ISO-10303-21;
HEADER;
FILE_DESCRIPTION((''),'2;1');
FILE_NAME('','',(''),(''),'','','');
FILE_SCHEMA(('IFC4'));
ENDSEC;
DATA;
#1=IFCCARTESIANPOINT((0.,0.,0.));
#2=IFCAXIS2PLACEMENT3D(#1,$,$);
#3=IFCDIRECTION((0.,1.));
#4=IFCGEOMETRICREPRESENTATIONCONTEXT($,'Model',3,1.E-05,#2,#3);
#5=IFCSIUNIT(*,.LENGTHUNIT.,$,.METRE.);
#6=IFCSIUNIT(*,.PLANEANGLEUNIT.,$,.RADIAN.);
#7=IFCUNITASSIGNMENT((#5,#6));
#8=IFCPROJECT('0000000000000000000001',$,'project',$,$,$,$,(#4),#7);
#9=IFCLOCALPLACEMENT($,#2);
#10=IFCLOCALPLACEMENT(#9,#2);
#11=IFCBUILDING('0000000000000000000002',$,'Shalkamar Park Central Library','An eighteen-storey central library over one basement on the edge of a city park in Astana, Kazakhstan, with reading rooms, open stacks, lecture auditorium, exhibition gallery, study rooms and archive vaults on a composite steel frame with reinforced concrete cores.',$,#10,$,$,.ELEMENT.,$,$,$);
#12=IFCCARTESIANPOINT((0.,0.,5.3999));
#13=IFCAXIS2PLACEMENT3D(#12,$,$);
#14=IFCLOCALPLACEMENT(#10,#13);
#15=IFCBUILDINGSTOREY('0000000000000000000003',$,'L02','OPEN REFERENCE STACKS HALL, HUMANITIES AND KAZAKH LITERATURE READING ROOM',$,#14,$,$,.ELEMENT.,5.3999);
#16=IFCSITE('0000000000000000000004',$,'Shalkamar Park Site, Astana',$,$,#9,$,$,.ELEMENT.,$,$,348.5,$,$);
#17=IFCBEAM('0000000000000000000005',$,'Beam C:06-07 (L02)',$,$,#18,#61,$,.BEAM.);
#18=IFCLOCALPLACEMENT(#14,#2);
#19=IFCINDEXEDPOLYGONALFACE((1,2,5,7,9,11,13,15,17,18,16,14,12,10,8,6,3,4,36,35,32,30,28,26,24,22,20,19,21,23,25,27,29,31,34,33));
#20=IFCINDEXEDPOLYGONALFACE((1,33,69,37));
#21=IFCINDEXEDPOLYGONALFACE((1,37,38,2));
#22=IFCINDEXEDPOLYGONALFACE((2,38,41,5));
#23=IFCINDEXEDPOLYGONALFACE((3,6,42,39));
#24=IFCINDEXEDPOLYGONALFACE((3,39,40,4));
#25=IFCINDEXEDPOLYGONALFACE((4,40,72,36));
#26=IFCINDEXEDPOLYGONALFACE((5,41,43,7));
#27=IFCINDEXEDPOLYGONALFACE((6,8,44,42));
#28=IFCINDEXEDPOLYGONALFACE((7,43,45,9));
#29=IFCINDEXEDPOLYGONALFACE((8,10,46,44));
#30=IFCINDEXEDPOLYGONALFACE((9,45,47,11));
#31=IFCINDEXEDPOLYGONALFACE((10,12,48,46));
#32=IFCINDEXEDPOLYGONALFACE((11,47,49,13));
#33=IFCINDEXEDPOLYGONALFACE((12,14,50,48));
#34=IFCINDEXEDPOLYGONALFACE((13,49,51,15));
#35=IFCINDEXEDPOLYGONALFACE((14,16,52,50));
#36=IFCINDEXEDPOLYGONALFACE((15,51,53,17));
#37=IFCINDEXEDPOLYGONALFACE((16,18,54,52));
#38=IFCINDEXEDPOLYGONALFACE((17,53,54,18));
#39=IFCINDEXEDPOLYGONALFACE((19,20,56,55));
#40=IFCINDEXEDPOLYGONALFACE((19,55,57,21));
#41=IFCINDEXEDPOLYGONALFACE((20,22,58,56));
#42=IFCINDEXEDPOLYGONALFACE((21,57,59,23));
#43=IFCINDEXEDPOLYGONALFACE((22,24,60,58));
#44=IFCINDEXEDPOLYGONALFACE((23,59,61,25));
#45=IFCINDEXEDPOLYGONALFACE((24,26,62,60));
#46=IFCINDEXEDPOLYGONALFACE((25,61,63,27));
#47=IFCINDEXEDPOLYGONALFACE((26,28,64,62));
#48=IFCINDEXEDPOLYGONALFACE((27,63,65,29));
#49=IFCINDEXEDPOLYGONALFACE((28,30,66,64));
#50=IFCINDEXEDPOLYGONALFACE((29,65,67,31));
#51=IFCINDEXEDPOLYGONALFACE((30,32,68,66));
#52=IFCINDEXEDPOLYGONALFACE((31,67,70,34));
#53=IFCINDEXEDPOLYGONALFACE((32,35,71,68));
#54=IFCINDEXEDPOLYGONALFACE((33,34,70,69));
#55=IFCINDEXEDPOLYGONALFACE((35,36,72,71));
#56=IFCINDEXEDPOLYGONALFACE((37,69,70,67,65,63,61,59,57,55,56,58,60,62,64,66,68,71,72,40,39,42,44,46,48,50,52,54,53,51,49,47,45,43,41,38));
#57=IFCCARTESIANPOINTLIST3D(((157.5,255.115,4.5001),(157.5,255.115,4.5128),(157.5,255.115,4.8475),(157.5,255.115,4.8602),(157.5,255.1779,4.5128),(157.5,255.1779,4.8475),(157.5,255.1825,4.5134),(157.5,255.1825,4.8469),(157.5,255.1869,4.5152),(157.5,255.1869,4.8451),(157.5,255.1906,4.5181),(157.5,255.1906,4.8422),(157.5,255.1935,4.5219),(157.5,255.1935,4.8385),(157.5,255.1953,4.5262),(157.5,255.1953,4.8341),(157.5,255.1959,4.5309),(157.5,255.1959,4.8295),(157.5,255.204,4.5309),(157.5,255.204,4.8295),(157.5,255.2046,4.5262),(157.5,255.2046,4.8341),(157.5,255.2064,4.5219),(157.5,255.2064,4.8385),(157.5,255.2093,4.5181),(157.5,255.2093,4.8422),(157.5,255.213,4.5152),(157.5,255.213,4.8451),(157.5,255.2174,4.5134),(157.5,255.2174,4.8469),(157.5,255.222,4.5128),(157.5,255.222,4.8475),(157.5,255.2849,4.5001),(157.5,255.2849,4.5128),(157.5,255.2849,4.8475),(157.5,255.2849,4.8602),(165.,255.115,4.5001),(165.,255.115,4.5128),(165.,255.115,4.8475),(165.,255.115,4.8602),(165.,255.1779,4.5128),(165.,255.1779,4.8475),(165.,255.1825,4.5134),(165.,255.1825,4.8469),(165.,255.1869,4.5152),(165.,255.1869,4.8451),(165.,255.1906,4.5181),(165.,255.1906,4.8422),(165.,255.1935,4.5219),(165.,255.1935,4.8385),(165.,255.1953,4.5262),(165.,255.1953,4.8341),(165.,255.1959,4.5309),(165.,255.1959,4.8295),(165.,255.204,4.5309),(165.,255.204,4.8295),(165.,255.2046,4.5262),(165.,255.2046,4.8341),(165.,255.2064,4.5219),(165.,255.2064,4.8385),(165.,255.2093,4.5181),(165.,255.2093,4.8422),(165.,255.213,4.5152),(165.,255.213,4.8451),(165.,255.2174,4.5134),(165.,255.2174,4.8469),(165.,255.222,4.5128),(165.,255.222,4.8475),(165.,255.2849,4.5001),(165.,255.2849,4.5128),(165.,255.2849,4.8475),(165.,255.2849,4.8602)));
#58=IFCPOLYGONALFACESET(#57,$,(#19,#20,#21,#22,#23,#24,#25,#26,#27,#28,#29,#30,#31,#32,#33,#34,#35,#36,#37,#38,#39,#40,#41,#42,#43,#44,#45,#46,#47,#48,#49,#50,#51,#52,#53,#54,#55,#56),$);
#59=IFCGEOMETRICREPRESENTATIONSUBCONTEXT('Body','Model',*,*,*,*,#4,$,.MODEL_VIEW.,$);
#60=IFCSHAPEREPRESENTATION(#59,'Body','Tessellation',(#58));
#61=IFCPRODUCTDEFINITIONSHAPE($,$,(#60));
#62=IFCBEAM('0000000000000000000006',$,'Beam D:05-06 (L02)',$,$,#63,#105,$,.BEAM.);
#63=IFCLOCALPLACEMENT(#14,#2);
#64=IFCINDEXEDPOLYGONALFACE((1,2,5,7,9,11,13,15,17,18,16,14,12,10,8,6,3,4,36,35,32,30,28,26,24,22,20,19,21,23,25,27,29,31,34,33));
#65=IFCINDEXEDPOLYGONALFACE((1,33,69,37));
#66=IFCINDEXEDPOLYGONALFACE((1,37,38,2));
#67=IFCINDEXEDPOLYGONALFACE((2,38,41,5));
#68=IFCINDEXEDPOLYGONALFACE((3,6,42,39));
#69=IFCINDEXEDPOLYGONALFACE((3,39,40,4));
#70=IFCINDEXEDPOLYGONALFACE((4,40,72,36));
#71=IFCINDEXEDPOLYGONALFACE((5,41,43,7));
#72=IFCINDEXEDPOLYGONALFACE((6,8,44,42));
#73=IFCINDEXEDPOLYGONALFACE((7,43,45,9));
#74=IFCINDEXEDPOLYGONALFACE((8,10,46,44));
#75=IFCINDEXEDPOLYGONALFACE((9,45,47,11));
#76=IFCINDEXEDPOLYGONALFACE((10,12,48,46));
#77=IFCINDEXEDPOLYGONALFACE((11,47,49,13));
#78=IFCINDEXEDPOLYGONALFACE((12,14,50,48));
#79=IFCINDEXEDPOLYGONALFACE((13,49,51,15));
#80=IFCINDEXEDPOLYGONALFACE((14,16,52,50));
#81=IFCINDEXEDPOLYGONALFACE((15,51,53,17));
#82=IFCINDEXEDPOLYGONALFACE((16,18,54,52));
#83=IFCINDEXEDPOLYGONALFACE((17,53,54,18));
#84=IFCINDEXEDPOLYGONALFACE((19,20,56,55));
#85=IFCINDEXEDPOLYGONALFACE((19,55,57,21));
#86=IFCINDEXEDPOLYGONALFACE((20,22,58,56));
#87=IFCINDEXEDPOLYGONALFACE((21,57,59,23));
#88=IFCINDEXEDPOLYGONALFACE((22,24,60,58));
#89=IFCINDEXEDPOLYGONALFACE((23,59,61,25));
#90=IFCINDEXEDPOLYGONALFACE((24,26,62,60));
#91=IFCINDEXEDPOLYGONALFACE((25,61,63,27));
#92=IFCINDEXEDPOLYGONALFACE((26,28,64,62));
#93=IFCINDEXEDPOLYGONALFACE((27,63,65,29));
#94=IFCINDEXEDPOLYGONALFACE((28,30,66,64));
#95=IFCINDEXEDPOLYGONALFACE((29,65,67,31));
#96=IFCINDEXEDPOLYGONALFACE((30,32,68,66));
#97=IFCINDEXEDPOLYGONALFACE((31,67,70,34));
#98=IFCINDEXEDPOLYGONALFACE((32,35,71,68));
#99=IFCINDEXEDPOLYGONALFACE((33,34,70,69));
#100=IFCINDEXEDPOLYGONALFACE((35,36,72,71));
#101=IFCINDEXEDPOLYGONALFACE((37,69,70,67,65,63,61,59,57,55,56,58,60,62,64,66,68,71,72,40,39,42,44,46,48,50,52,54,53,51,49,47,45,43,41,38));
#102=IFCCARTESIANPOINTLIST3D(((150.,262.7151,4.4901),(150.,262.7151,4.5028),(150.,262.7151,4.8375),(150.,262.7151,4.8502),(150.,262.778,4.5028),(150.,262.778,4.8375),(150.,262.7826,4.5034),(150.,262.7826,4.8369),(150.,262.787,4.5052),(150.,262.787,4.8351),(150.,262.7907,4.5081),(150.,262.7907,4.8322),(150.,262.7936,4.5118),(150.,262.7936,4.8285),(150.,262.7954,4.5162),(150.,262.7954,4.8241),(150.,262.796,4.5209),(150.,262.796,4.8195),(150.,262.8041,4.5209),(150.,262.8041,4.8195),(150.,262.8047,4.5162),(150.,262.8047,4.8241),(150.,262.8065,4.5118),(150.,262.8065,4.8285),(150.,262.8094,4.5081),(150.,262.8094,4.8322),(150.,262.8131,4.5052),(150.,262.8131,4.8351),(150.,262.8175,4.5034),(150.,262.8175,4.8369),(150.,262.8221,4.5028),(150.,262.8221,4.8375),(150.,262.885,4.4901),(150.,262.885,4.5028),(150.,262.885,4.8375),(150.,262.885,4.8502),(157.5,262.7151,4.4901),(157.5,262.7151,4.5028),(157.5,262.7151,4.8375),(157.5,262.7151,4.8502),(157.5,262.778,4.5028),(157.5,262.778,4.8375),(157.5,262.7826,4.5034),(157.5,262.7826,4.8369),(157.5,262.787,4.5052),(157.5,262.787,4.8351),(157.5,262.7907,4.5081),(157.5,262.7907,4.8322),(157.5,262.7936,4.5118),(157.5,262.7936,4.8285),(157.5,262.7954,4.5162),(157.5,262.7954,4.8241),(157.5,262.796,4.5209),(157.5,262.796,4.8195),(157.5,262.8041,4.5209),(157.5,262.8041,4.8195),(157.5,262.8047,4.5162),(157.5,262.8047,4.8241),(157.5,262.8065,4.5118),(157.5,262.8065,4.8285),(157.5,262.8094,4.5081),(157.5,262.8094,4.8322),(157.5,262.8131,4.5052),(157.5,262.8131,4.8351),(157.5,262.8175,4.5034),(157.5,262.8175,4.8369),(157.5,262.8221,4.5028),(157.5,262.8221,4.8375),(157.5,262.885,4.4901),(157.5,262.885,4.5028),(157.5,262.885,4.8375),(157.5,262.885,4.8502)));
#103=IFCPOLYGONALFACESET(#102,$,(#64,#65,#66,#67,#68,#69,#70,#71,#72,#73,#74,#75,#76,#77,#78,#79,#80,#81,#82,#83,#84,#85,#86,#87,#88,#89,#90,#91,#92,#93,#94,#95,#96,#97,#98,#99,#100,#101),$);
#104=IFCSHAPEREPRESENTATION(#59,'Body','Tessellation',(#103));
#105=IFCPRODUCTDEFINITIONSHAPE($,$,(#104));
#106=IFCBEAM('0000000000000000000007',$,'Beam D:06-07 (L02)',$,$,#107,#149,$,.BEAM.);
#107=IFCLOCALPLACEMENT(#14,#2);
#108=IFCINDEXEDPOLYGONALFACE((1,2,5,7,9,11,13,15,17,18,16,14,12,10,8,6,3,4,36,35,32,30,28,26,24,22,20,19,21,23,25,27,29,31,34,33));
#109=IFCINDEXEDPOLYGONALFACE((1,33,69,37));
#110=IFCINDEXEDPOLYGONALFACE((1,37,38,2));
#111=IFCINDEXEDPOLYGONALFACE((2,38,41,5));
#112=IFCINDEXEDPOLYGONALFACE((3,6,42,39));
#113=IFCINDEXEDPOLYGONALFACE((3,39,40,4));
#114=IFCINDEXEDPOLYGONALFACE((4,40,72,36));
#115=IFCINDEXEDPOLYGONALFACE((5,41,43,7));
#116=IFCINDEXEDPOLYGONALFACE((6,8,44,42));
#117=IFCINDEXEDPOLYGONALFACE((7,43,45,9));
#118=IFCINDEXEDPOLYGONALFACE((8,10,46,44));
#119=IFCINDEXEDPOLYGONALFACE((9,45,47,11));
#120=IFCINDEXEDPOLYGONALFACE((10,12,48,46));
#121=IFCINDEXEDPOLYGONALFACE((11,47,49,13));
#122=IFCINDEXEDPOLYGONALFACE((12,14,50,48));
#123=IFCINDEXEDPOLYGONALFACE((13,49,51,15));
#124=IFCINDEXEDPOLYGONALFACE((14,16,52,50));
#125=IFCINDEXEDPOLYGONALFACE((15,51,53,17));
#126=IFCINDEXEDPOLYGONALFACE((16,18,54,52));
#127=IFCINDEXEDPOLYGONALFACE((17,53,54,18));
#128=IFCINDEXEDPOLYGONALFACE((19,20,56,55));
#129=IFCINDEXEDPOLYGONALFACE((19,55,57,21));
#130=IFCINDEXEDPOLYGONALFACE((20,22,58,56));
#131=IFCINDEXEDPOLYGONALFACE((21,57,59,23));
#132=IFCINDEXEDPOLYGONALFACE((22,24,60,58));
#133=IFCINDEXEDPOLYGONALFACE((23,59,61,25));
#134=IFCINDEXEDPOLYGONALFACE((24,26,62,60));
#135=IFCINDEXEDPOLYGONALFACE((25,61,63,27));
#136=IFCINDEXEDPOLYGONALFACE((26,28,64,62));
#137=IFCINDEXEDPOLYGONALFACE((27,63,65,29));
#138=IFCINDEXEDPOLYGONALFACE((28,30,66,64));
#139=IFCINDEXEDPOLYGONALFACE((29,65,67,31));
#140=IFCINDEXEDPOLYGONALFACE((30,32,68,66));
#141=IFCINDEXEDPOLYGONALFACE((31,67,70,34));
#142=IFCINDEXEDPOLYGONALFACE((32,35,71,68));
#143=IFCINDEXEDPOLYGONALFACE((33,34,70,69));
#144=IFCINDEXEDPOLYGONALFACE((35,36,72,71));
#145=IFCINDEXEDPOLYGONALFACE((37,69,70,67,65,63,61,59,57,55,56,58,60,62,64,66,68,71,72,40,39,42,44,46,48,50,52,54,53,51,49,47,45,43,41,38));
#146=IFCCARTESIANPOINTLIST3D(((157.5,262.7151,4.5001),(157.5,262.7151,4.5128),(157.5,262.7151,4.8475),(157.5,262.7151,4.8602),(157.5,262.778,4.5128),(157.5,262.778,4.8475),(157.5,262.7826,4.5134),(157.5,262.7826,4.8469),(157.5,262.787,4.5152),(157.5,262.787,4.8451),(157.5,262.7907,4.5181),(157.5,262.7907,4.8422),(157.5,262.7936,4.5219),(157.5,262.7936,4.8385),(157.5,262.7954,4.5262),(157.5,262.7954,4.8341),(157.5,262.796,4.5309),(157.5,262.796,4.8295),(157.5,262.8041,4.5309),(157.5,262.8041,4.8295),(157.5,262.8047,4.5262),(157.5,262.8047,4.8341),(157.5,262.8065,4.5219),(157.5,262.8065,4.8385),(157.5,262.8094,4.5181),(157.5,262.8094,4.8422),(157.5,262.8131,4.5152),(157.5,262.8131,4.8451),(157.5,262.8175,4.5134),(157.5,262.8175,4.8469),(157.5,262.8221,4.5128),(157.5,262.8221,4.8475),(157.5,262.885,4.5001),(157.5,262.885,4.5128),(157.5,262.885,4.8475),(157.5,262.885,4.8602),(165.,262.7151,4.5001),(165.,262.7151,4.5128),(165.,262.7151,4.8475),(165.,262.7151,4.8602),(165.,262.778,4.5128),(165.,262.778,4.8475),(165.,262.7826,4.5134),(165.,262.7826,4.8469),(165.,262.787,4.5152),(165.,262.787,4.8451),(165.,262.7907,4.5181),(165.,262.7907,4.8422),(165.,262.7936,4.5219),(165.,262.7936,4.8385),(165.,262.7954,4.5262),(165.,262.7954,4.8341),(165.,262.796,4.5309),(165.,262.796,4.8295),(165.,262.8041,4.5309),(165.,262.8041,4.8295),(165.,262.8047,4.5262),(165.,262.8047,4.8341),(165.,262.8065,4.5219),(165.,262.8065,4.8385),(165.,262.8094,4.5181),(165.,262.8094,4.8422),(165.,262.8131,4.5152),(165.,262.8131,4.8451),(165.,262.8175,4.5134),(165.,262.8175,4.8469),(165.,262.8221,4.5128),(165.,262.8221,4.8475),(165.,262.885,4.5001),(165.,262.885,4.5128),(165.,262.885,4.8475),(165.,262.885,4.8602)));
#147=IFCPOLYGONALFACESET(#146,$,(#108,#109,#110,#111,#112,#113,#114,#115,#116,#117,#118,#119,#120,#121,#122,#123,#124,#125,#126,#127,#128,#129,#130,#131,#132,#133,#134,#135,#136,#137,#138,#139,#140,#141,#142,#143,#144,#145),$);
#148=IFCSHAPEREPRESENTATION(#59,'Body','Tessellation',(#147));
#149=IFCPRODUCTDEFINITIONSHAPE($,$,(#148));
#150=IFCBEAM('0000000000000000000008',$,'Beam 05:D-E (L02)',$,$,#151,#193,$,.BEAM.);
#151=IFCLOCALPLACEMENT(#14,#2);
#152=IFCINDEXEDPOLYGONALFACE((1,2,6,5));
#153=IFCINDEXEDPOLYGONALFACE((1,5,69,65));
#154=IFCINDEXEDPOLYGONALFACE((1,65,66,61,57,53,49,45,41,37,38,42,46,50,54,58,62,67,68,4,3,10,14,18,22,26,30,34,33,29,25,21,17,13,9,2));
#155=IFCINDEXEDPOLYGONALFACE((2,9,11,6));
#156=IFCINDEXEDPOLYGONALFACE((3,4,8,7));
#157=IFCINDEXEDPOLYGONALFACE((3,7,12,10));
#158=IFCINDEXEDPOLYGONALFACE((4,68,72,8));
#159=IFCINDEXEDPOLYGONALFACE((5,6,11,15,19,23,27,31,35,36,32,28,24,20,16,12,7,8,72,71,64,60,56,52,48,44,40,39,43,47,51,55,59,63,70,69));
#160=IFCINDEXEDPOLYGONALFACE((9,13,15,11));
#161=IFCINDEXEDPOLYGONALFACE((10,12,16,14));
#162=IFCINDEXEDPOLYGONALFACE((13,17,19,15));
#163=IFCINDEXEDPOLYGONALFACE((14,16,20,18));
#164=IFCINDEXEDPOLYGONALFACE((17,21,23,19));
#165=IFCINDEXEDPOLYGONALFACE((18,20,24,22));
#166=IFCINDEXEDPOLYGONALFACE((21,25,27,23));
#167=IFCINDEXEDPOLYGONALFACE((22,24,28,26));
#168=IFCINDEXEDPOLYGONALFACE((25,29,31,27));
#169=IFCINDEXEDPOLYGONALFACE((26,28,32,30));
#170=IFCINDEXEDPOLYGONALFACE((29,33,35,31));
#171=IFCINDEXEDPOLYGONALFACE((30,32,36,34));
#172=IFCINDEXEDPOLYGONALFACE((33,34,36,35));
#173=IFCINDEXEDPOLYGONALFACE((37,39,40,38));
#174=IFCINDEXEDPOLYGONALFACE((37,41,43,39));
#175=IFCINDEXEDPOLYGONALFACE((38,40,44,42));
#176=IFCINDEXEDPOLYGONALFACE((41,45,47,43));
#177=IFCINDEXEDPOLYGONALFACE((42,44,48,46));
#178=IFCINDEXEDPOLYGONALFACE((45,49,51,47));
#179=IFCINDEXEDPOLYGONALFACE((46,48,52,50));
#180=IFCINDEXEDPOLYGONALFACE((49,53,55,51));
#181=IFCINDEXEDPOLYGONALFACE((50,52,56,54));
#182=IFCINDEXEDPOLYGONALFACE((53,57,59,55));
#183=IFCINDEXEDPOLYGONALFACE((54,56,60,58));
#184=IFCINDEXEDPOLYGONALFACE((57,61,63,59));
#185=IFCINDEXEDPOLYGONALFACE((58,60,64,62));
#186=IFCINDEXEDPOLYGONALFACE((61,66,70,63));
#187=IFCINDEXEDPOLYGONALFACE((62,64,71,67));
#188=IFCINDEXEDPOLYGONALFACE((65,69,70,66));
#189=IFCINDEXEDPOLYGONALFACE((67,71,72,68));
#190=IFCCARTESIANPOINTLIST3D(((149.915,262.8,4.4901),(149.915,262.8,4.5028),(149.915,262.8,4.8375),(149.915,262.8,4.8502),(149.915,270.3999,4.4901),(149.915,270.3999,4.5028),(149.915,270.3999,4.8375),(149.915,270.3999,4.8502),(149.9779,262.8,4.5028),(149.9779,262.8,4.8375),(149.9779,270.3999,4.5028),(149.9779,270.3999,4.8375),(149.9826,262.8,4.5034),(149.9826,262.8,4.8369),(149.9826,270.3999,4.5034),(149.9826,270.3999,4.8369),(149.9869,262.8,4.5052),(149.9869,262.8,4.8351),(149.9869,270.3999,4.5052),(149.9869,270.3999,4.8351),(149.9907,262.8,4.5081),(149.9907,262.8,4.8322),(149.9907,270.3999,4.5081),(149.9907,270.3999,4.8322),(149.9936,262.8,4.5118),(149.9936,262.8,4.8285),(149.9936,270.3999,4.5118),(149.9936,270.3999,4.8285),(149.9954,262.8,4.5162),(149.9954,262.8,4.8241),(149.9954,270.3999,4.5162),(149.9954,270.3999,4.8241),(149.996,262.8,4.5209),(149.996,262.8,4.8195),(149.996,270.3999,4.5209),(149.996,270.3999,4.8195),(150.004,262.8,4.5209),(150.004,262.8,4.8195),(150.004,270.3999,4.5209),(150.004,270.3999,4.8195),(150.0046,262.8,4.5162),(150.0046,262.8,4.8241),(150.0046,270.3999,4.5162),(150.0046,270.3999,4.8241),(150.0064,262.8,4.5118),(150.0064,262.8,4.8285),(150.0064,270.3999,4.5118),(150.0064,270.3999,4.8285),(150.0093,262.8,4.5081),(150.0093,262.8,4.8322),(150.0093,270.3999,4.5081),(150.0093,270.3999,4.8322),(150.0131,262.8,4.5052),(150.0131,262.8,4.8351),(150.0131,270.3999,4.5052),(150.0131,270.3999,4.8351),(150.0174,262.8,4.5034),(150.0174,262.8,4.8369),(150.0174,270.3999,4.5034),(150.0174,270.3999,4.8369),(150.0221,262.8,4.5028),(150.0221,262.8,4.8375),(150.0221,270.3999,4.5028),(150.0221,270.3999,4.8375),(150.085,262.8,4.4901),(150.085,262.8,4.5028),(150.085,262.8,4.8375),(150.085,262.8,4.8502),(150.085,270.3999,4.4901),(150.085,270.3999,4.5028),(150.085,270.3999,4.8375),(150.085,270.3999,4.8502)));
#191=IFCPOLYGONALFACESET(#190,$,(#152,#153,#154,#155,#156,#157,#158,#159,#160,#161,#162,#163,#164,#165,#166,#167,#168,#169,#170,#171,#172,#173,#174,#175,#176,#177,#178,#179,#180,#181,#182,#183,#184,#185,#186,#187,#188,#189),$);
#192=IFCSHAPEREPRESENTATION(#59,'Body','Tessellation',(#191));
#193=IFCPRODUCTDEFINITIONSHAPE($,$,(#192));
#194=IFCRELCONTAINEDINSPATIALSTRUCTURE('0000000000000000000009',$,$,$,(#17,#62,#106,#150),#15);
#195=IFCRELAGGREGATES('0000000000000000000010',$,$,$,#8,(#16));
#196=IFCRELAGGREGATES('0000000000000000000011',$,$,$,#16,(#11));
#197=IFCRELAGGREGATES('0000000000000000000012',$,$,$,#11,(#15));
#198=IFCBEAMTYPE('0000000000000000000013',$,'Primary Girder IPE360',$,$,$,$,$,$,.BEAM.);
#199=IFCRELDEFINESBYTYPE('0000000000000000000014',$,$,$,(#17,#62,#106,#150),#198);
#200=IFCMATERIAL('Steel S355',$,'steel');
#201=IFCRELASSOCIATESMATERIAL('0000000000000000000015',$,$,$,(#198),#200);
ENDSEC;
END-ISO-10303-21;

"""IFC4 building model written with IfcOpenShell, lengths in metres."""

from ifc_helpers import new_model, si_unit, direction, frame, origin, origin_2d, place, context, subcontext, project, spatial, i_section, extrude, material, material_profile, profile_set, type_object, element, save


model = new_model("IFC4")

# Units and contexts
model_context = context("Model", 3, precision=1e-05, world=origin(), true_north=direction((0.0, 1.0)))
body_context = subcontext(model_context, "Body", "Model", "MODEL_VIEW")
ifc_project = project(units=[si_unit("LENGTHUNIT", "METRE"), si_unit("PLANEANGLEUNIT", "RADIAN")], contexts=[model_context])

# Site, building, storey
site_placement = place(None, origin())
site = spatial("IfcSite", under=ifc_project, at=site_placement, Name="Shalkamar Park Site, Astana", CompositionType="ELEMENT", RefElevation=348.5)
building_placement = place(site_placement, origin())
building = spatial("IfcBuilding", under=site, at=building_placement, Name="Shalkamar Park Central Library", Description="An eighteen-storey central library over one basement on the edge of a city park in Astana, Kazakhstan, with reading rooms, open stacks, lecture auditorium, exhibition gallery, study rooms and archive vaults on a composite steel frame with reinforced concrete cores.", CompositionType="ELEMENT")
storey_placement = place(building_placement, frame((0.0, 0.0, 5.3999)))
storey = spatial("IfcBuildingStorey", under=building, at=storey_placement, Name="L02", Description="OPEN REFERENCE STACKS HALL, HUMANITIES AND KAZAKH LITERATURE READING ROOM", CompositionType="ELEMENT", Elevation=5.3999)

# Shared definitions
ifc_material_1 = material(Name="Steel S355", Category="steel")

# Beams
ifc_material_profile_1 = material_profile(ifc_material_1, i_section(OverallWidth=0.1699, OverallDepth=0.3601, WebThickness=0.0081, FlangeThickness=0.0127, FilletRadius=0.0181, at=origin_2d()), Name="IPE 360")
ifc_profile_set_1 = profile_set([ifc_material_profile_1], Name="Steel S355")
beam_type = type_object("IfcBeamType", Name="Primary Girder IPE360", PredefinedType="BEAM", material=ifc_profile_set_1)
for number, where, z_axis, x_axis, name in (
    (1, (157.5, 255.2, 4.6802), (1.0, 0.0, 0.0), (0.0, 1.0, 0.0), "Beam C:06-07 (L02)"),
    (2, (150.0, 262.8, 4.6702), (1.0, 0.0, 0.0), (0.0, 1.0, 0.0), "Beam D:05-06 (L02)"),
    (3, (157.5, 262.8, 4.6802), (1.0, 0.0, 0.0), (0.0, 1.0, 0.0), "Beam D:06-07 (L02)"),
):
    element("IfcBeam", number, at=place(storey_placement, frame(where, z_axis=z_axis, x_axis=x_axis)), inside=storey, type_object=beam_type, Name=name, PredefinedType="BEAM", context=body_context, shape_type="SweptSolid", body=[
        extrude(i_section(OverallWidth=0.1699, OverallDepth=0.3601, WebThickness=0.0081, FlangeThickness=0.0127, FilletRadius=0.0181, at=origin_2d()), origin(), (0.0, 0.0, 1.0), 7.5),
    ])
beam_1_placement = place(storey_placement, frame((150.0, 262.8, 4.6702), z_axis=(0.0, 1.0, 0.0), x_axis=(-1.0, 0.0, 0.0)))
element("IfcBeam", 4, at=beam_1_placement, inside=storey, type_object=beam_type, Name="Beam 05:D-E (L02)", PredefinedType="BEAM", context=body_context, shape_type="SweptSolid", body=[
    extrude(i_section(OverallWidth=0.1699, OverallDepth=0.3601, WebThickness=0.0081, FlangeThickness=0.0127, FilletRadius=0.0181, at=origin_2d()), origin(), (0.0, 0.0, 1.0), 7.5999),
])

save(model, "model.ifc")
